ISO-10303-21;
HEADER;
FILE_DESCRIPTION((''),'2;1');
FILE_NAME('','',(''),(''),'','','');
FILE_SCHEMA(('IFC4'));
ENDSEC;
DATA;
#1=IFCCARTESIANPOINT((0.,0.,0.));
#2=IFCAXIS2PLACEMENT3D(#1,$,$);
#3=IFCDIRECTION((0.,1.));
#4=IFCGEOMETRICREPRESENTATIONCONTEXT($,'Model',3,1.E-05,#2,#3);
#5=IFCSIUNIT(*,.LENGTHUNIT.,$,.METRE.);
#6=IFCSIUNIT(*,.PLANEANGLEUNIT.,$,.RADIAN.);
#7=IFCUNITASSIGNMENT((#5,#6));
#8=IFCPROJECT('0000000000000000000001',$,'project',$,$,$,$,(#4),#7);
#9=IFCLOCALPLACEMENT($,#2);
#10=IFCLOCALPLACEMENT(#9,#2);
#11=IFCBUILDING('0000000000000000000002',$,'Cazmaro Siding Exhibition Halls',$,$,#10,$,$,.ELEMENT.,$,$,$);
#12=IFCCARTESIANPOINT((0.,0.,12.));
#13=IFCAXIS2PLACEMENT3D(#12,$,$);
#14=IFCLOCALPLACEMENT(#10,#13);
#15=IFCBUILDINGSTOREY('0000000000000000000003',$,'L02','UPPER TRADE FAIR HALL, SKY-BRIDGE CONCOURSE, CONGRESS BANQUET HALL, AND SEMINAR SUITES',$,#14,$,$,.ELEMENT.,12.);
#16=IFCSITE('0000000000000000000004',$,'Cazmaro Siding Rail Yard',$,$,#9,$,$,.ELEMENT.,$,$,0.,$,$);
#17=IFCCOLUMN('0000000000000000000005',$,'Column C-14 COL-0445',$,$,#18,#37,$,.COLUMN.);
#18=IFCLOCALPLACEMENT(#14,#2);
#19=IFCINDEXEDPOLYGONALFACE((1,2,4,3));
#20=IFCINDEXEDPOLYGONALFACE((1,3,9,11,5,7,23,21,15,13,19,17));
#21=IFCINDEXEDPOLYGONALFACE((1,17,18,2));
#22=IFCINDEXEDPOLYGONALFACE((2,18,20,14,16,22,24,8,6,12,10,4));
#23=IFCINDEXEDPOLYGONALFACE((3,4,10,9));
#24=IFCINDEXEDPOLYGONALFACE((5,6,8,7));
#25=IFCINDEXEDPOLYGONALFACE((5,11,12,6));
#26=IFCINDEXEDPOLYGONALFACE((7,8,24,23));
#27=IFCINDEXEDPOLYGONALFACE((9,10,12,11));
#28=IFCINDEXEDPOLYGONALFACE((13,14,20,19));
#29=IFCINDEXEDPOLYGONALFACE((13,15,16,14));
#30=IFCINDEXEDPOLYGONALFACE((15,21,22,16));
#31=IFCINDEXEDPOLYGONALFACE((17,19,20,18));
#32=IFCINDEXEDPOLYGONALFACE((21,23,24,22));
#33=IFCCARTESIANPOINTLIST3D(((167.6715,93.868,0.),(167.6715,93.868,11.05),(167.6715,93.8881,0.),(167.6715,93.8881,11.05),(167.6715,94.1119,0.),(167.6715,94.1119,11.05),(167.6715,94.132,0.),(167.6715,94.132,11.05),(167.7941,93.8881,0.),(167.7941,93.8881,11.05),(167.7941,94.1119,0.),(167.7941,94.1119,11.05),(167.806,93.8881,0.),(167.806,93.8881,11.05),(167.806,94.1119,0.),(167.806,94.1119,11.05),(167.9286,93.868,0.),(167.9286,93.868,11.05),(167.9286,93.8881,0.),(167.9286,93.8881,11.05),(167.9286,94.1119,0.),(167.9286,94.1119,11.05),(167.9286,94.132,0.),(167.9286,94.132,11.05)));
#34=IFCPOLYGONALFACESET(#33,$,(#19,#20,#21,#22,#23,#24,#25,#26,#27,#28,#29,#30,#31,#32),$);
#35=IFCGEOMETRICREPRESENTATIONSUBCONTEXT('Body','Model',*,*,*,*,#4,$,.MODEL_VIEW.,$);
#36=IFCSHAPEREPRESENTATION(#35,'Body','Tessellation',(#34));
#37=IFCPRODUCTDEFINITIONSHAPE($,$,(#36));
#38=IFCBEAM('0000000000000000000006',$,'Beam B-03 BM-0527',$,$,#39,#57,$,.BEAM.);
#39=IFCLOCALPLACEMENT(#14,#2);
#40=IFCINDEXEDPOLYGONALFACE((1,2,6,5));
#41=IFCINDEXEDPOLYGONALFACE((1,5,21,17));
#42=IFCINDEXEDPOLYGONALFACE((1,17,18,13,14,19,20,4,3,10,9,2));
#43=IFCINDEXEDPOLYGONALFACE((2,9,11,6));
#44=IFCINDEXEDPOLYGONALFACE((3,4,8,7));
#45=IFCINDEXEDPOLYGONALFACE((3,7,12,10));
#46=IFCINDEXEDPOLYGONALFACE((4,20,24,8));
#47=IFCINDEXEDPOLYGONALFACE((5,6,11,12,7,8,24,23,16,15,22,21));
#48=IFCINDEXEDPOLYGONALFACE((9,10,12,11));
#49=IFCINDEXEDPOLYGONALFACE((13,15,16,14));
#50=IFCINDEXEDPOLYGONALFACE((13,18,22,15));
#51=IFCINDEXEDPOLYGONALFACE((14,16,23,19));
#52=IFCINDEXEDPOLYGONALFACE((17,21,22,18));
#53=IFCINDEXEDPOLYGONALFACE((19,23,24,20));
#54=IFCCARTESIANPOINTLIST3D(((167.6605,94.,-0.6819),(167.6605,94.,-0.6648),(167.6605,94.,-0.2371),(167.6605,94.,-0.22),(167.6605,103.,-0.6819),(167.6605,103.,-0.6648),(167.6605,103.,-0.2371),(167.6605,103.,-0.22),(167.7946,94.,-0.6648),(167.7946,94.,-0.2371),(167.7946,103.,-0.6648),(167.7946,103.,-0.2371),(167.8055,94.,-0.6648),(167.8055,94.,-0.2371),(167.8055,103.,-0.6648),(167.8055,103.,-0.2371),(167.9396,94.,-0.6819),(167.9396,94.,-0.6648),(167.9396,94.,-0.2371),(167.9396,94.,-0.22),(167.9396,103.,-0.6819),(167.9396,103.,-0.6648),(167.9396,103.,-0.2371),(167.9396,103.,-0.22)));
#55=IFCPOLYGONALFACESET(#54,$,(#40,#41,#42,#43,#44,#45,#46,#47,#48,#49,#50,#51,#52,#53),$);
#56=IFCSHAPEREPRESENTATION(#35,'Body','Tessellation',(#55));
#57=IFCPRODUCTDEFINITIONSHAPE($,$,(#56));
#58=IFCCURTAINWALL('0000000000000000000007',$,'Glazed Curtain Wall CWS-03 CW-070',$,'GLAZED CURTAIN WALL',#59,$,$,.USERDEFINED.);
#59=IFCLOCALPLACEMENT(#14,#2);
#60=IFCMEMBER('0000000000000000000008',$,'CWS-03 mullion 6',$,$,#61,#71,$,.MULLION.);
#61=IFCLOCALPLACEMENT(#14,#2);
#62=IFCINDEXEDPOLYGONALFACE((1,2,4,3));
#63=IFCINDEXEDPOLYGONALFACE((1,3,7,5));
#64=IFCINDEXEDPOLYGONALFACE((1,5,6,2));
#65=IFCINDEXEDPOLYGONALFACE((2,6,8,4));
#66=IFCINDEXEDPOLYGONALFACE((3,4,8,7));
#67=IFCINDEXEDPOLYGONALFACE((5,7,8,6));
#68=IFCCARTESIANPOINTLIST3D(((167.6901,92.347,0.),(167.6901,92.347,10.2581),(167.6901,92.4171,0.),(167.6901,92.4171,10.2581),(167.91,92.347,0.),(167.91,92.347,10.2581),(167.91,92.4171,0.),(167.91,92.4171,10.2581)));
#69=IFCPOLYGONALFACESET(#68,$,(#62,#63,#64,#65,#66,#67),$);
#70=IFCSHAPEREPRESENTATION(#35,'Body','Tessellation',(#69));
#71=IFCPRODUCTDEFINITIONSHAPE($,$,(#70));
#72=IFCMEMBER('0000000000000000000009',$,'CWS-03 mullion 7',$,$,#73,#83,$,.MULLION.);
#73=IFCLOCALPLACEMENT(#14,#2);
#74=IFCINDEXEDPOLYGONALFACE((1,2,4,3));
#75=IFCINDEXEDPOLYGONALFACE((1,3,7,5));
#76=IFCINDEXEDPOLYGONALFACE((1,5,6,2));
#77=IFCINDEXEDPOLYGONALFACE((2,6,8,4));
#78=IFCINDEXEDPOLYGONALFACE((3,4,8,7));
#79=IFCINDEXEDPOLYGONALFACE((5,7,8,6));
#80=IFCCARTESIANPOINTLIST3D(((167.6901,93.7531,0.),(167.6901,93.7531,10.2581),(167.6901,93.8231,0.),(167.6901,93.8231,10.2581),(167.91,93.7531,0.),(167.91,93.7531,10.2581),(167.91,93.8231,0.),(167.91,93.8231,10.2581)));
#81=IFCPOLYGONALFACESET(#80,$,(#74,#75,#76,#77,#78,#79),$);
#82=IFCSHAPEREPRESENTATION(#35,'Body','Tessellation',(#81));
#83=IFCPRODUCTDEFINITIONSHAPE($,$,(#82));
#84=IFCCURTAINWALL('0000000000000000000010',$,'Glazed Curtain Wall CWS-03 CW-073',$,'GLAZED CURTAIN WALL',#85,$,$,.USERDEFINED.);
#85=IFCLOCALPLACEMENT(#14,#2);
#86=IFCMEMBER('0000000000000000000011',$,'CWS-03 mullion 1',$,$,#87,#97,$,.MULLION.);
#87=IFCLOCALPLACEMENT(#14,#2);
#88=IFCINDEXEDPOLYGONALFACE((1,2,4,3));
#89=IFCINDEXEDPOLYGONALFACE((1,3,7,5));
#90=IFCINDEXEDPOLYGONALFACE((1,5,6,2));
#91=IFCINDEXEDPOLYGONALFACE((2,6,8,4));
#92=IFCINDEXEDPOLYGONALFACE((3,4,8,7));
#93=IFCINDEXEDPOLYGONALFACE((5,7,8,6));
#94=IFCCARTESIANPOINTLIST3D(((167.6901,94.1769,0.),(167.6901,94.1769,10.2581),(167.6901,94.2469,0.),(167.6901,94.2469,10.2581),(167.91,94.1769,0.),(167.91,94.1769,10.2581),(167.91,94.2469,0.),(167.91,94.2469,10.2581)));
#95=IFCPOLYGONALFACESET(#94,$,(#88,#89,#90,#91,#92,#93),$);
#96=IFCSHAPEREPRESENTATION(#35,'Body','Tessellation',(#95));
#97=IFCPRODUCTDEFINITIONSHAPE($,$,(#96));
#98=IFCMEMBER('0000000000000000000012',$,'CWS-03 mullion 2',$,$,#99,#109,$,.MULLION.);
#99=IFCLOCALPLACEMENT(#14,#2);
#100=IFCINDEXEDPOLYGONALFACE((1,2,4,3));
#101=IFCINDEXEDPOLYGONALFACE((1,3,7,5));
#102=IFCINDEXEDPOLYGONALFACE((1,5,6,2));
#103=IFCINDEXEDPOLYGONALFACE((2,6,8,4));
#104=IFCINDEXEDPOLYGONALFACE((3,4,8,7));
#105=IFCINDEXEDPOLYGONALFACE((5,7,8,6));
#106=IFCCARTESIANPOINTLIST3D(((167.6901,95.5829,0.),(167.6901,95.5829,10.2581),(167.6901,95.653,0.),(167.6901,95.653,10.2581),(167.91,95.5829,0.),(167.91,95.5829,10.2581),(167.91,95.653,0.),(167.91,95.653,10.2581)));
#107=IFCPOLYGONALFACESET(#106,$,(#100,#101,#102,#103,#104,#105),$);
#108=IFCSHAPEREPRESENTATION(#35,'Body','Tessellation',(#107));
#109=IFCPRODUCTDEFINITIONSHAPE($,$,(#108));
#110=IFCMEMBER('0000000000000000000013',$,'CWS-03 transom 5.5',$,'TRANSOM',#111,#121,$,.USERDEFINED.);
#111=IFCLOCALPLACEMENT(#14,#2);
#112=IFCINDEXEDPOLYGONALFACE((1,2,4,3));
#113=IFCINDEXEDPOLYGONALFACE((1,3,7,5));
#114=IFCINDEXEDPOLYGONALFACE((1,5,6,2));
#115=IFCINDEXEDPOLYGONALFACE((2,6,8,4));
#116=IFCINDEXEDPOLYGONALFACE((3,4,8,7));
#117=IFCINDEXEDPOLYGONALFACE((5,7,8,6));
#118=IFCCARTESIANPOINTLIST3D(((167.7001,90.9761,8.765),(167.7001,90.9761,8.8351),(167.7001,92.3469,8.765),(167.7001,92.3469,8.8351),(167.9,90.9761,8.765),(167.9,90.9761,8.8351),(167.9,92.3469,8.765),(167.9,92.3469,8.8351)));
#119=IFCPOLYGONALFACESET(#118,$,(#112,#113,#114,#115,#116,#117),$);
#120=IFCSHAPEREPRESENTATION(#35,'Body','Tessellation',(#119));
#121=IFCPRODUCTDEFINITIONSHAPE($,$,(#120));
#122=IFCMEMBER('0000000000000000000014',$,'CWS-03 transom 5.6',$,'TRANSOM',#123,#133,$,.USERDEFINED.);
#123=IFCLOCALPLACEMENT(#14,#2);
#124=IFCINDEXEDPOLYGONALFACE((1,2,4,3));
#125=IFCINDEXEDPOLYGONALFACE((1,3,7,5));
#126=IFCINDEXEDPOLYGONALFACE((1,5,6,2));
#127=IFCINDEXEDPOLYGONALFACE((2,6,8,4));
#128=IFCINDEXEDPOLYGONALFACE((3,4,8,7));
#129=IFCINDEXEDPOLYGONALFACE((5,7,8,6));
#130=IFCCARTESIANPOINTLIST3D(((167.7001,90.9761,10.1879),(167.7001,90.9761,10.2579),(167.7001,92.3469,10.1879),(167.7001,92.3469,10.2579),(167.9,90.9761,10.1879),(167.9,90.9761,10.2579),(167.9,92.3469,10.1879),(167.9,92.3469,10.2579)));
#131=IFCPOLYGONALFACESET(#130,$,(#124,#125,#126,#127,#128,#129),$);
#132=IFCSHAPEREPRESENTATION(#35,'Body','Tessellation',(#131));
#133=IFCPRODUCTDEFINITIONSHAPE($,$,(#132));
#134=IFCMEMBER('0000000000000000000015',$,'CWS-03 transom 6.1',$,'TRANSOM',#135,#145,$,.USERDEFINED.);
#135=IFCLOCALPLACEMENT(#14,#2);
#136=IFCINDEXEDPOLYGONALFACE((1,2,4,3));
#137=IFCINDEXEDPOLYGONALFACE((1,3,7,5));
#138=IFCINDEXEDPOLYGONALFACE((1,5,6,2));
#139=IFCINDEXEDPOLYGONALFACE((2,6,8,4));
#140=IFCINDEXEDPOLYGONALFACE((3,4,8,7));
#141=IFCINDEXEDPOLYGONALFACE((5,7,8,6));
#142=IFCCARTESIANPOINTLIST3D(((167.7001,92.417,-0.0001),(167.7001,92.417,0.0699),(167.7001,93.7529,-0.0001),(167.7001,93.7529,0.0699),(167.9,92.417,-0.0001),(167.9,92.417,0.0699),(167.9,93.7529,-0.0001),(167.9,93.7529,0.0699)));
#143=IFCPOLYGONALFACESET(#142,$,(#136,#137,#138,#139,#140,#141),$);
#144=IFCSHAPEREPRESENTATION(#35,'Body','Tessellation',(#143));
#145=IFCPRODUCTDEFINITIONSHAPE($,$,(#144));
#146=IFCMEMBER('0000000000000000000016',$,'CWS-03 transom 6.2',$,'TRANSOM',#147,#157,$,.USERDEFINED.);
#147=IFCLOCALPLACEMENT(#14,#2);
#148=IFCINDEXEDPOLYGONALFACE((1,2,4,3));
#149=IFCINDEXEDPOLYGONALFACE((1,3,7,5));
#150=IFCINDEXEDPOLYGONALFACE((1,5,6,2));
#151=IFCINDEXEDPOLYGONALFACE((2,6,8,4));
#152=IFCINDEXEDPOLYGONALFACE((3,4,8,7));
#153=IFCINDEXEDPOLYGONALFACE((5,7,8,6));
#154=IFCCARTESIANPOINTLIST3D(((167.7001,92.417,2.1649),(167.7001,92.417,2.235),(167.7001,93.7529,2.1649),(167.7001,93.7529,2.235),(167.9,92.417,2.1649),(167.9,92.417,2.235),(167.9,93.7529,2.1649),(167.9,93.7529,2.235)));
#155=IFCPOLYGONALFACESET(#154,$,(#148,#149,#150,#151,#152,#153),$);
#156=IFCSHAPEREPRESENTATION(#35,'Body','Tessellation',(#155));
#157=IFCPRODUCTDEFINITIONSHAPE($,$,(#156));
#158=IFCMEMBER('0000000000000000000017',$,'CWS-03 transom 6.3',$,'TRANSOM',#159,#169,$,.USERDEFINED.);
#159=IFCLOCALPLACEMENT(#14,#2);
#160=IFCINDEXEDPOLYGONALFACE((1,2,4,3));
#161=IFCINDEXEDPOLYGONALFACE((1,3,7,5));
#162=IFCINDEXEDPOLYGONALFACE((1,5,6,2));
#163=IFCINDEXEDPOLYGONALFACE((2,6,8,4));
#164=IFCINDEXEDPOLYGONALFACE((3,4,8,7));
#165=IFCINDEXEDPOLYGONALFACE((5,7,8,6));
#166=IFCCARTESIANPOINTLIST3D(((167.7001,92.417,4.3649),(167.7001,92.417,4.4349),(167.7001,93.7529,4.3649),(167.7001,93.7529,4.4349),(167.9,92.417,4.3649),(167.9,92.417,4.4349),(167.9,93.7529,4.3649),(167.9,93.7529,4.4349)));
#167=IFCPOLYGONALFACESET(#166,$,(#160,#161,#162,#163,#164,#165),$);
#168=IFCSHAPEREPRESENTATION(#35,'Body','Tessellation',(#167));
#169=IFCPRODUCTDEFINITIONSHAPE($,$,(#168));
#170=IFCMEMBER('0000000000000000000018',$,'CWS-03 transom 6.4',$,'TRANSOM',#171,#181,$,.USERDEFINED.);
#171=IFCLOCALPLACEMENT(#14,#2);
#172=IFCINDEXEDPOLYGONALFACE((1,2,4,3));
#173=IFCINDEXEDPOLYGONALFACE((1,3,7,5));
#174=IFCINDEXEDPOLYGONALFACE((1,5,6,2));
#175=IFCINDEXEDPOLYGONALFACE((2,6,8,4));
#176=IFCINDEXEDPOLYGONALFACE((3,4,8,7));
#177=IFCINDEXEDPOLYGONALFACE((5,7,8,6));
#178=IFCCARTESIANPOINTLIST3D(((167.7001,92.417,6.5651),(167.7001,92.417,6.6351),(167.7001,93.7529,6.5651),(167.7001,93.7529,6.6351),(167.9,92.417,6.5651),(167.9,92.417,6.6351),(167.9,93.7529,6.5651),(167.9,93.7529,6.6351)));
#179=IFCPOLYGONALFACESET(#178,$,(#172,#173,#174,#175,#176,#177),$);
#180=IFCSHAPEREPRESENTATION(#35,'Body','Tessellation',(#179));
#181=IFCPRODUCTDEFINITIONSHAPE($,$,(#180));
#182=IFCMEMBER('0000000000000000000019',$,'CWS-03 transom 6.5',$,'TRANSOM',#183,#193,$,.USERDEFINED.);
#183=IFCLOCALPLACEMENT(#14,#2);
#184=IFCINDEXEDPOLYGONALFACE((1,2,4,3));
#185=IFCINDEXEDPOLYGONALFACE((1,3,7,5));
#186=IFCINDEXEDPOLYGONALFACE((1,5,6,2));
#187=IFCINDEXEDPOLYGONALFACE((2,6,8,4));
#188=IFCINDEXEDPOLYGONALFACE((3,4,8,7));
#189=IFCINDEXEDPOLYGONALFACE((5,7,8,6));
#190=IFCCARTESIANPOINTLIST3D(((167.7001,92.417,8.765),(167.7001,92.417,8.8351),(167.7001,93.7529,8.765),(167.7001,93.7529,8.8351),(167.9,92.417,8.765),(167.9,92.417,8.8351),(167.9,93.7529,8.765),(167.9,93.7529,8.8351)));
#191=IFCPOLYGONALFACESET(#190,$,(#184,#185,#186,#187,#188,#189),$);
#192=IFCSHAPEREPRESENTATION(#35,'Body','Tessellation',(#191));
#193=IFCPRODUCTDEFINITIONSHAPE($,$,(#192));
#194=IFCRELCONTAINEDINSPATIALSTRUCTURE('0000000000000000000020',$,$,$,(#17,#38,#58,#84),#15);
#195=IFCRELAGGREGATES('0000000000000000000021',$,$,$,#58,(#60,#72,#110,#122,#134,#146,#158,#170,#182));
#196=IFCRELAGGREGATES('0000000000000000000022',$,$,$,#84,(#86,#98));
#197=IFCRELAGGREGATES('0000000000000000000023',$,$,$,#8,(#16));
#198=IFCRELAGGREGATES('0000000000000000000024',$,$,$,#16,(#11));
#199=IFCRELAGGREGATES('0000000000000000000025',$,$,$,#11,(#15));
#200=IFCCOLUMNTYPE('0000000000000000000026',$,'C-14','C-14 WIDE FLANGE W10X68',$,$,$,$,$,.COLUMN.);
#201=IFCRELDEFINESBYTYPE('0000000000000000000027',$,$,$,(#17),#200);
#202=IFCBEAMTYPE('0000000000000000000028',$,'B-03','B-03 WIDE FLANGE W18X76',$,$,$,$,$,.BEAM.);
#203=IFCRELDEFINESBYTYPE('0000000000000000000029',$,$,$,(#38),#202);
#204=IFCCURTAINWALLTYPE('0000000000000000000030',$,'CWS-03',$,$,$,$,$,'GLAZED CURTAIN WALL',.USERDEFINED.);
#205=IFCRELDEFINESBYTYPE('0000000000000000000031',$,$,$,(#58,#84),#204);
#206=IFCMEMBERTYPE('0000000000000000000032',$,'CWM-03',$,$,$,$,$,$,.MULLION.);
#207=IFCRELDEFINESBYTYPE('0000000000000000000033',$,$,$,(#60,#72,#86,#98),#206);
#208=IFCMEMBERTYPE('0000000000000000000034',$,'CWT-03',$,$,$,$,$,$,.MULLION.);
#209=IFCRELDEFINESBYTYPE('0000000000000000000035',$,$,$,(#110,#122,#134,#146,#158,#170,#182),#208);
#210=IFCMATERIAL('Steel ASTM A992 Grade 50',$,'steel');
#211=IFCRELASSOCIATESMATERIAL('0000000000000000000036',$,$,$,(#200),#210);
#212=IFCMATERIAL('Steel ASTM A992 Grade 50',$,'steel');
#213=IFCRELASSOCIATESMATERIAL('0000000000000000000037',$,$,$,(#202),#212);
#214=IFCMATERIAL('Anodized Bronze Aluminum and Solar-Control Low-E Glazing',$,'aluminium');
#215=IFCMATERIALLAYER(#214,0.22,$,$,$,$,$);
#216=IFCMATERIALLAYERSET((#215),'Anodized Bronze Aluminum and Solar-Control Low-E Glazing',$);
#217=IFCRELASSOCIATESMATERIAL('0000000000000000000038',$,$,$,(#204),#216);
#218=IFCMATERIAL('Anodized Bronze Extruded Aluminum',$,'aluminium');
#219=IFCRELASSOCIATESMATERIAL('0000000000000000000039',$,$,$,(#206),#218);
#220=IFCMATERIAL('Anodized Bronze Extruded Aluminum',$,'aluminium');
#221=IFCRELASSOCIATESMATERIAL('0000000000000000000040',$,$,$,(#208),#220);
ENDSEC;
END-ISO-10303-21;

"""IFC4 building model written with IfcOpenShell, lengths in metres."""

from ifc_helpers import new_model, si_unit, direction, frame, origin, origin_2d, place, context, subcontext, project, spatial, rectangle, i_section, extrude, material, layer, layer_set, material_profile, profile_set, type_object, element, aggregate, save


model = new_model("IFC4")

# Units and contexts
model_context = context("Model", 3, precision=1e-05, world=origin(), true_north=direction((0.0, 1.0)))
body_context = subcontext(model_context, "Body", "Model", "MODEL_VIEW")
ifc_project = project(units=[si_unit("LENGTHUNIT", "METRE"), si_unit("PLANEANGLEUNIT", "RADIAN")], contexts=[model_context])

# Site, building, storey
site_placement = place(None, origin())
site = spatial("IfcSite", under=ifc_project, at=site_placement, Name="Cazmaro Siding Rail Yard", CompositionType="ELEMENT", RefElevation=0.0)
building_placement = place(site_placement, origin())
building = spatial("IfcBuilding", under=site, at=building_placement, Name="Cazmaro Siding Exhibition Halls", CompositionType="ELEMENT")
storey_placement = place(building_placement, frame((0.0, 0.0, 12.0)))
storey = spatial("IfcBuildingStorey", under=building, at=storey_placement, Name="L02", Description="UPPER TRADE FAIR HALL, SKY-BRIDGE CONCOURSE, CONGRESS BANQUET HALL, AND SEMINAR SUITES", CompositionType="ELEMENT", Elevation=12.0)

# Column
ifc_material_1 = material(Name="Steel ASTM A992 Grade 50", Category="steel")
ifc_material_profile_1 = material_profile(ifc_material_1, i_section(OverallWidth=0.2571, OverallDepth=0.2639, WebThickness=0.012, FlangeThickness=0.02, at=origin_2d()), Name="W10X68")
ifc_profile_set_1 = profile_set([ifc_material_profile_1], Name="Steel ASTM A992 Grade 50")
column_type = type_object("IfcColumnType", Name="C-14", Description="C-14 WIDE FLANGE W10X68", PredefinedType="COLUMN", material=ifc_profile_set_1)
column_placement = place(storey_placement, frame((167.8, 94.0, 0.0), z_axis=(0.0, 0.0, 1.0), x_axis=(1.0, 0.0, 0.0)))
element("IfcColumn", 1, at=column_placement, inside=storey, type_object=column_type, Name="Column C-14 COL-0445", PredefinedType="COLUMN", context=body_context, shape_type="SweptSolid", body=[
    extrude(i_section(OverallWidth=0.2571, OverallDepth=0.2639, WebThickness=0.012, FlangeThickness=0.02, at=origin_2d()), origin(), (0.0, 0.0, 1.0), 11.05),
])

# Beam
ifc_material_2 = material(Name="Steel ASTM A992 Grade 50", Category="steel")
ifc_material_profile_2 = material_profile(ifc_material_2, i_section(OverallWidth=0.2791, OverallDepth=0.4619, WebThickness=0.011, FlangeThickness=0.0171, at=origin_2d()), Name="W18X76")
ifc_profile_set_2 = profile_set([ifc_material_profile_2], Name="Steel ASTM A992 Grade 50")
beam_type = type_object("IfcBeamType", Name="B-03", Description="B-03 WIDE FLANGE W18X76", PredefinedType="BEAM", material=ifc_profile_set_2)
beam_placement = place(storey_placement, frame((167.8, 94.0, -0.4509), z_axis=(0.0, 1.0, 0.0), x_axis=(-1.0, 0.0, 0.0)))
element("IfcBeam", 2, at=beam_placement, inside=storey, type_object=beam_type, Name="Beam B-03 BM-0527", PredefinedType="BEAM", context=body_context, shape_type="SweptSolid", body=[
    extrude(i_section(OverallWidth=0.2791, OverallDepth=0.4619, WebThickness=0.011, FlangeThickness=0.0171, at=origin_2d()), origin(), (0.0, 0.0, 1.0), 9.0),
])

# Curtain walls, members
ifc_material_3 = material(Name="Anodized Bronze Aluminum and Solar-Control Low-E Glazing", Category="aluminium")
ifc_layer_1 = layer(ifc_material_3, 0.22)
ifc_layer_set_1 = layer_set([ifc_layer_1], Name="Anodized Bronze Aluminum and Solar-Control Low-E Glazing")
curtain_wall_type = type_object("IfcCurtainWallType", Name="CWS-03", ElementType="GLAZED CURTAIN WALL", PredefinedType="USERDEFINED", material=ifc_layer_set_1)
curtain_wall_1_placement = place(storey_placement, origin())
curtain_wall_1 = element("IfcCurtainWall", 3, at=curtain_wall_1_placement, inside=storey, type_object=curtain_wall_type, Name="Glazed Curtain Wall CWS-03 CW-070", ObjectType="GLAZED CURTAIN WALL", PredefinedType="USERDEFINED")
ifc_material_4 = material(Name="Anodized Bronze Extruded Aluminum", Category="aluminium")
ifc_material_profile_3 = material_profile(ifc_material_4, rectangle(XDim=0.22, YDim=0.0701, at=origin_2d()), Name="CWM-03")
ifc_profile_set_3 = profile_set([ifc_material_profile_3], Name="Anodized Bronze Extruded Aluminum")
member_type_1 = type_object("IfcMemberType", Name="CWM-03", PredefinedType="MULLION", material=ifc_profile_set_3)
member_1_placement = place(storey_placement, frame((167.8, 92.3821, 0.0), z_axis=(0.0, 0.0, 1.0), x_axis=(-1.0, 0.0, 0.0)))
member_1 = element("IfcMember", 4, at=member_1_placement, type_object=member_type_1, Name="CWS-03 mullion 6", PredefinedType="MULLION", context=body_context, shape_type="SweptSolid", body=[
    extrude(rectangle(XDim=0.22, YDim=0.0701, at=origin_2d()), origin(), (0.0, 0.0, 1.0), 10.2581),
])
member_2_placement = place(storey_placement, frame((167.8, 93.7881, 0.0), z_axis=(0.0, 0.0, 1.0), x_axis=(-1.0, 0.0, 0.0)))
member_2 = element("IfcMember", 5, at=member_2_placement, type_object=member_type_1, Name="CWS-03 mullion 7", PredefinedType="MULLION", context=body_context, shape_type="SweptSolid", body=[
    extrude(rectangle(XDim=0.22, YDim=0.0701, at=origin_2d()), origin(), (0.0, 0.0, 1.0), 10.2581),
])
curtain_wall_2_placement = place(storey_placement, origin())
curtain_wall_2 = element("IfcCurtainWall", 6, at=curtain_wall_2_placement, inside=storey, type_object=curtain_wall_type, Name="Glazed Curtain Wall CWS-03 CW-073", ObjectType="GLAZED CURTAIN WALL", PredefinedType="USERDEFINED")
member_3_placement = place(storey_placement, frame((167.8, 94.2119, 0.0), z_axis=(0.0, 0.0, 1.0), x_axis=(-1.0, 0.0, 0.0)))
member_3 = element("IfcMember", 7, at=member_3_placement, type_object=member_type_1, Name="CWS-03 mullion 1", PredefinedType="MULLION", context=body_context, shape_type="SweptSolid", body=[
    extrude(rectangle(XDim=0.22, YDim=0.0701, at=origin_2d()), origin(), (0.0, 0.0, 1.0), 10.2581),
])
member_4_placement = place(storey_placement, frame((167.8, 95.6179, 0.0), z_axis=(0.0, 0.0, 1.0), x_axis=(-1.0, 0.0, 0.0)))
member_4 = element("IfcMember", 8, at=member_4_placement, type_object=member_type_1, Name="CWS-03 mullion 2", PredefinedType="MULLION", context=body_context, shape_type="SweptSolid", body=[
    extrude(rectangle(XDim=0.22, YDim=0.0701, at=origin_2d()), origin(), (0.0, 0.0, 1.0), 10.2581),
])

# Members
ifc_material_5 = material(Name="Anodized Bronze Extruded Aluminum", Category="aluminium")
ifc_material_profile_4 = material_profile(ifc_material_5, rectangle(XDim=0.2, YDim=0.0701, at=origin_2d()), Name="CWT-03")
ifc_profile_set_4 = profile_set([ifc_material_profile_4], Name="Anodized Bronze Extruded Aluminum")
member_type_2 = type_object("IfcMemberType", Name="CWT-03", PredefinedType="MULLION", material=ifc_profile_set_4)
member_5_placement = place(storey_placement, frame((167.8, 90.9761, 8.8), z_axis=(0.0, 1.0, 0.0), x_axis=(-1.0, 0.0, 0.0)))
member_5 = element("IfcMember", 9, at=member_5_placement, type_object=member_type_2, Name="CWS-03 transom 5.5", ObjectType="TRANSOM", PredefinedType="USERDEFINED", context=body_context, shape_type="SweptSolid", body=[
    extrude(rectangle(XDim=0.2, YDim=0.0701, at=origin_2d()), origin(), (0.0, 0.0, 1.0), 1.3708),
])
member_6_placement = place(storey_placement, frame((167.8, 90.9761, 10.2229), z_axis=(0.0, 1.0, 0.0), x_axis=(-1.0, 0.0, 0.0)))
member_6 = element("IfcMember", 10, at=member_6_placement, type_object=member_type_2, Name="CWS-03 transom 5.6", ObjectType="TRANSOM", PredefinedType="USERDEFINED", context=body_context, shape_type="SweptSolid", body=[
    extrude(rectangle(XDim=0.2, YDim=0.0701, at=origin_2d()), origin(), (0.0, 0.0, 1.0), 1.3708),
])
member_7_placement = place(storey_placement, frame((167.8, 92.417, 0.0349), z_axis=(0.0, 1.0, 0.0), x_axis=(-1.0, 0.0, 0.0)))
member_7 = element("IfcMember", 11, at=member_7_placement, type_object=member_type_2, Name="CWS-03 transom 6.1", ObjectType="TRANSOM", PredefinedType="USERDEFINED", context=body_context, shape_type="SweptSolid", body=[
    extrude(rectangle(XDim=0.2, YDim=0.0701, at=origin_2d()), origin(), (0.0, 0.0, 1.0), 1.3359),
])
member_8_placement = place(storey_placement, frame((167.8, 92.417, 2.2), z_axis=(0.0, 1.0, 0.0), x_axis=(-1.0, 0.0, 0.0)))
member_8 = element("IfcMember", 12, at=member_8_placement, type_object=member_type_2, Name="CWS-03 transom 6.2", ObjectType="TRANSOM", PredefinedType="USERDEFINED", context=body_context, shape_type="SweptSolid", body=[
    extrude(rectangle(XDim=0.2, YDim=0.0701, at=origin_2d()), origin(), (0.0, 0.0, 1.0), 1.3359),
])
member_9_placement = place(storey_placement, frame((167.8, 92.417, 4.3999), z_axis=(0.0, 1.0, 0.0), x_axis=(-1.0, 0.0, 0.0)))
member_9 = element("IfcMember", 13, at=member_9_placement, type_object=member_type_2, Name="CWS-03 transom 6.3", ObjectType="TRANSOM", PredefinedType="USERDEFINED", context=body_context, shape_type="SweptSolid", body=[
    extrude(rectangle(XDim=0.2, YDim=0.0701, at=origin_2d()), origin(), (0.0, 0.0, 1.0), 1.3359),
])
member_10_placement = place(storey_placement, frame((167.8, 92.417, 6.6001), z_axis=(0.0, 1.0, 0.0), x_axis=(-1.0, 0.0, 0.0)))
member_10 = element("IfcMember", 14, at=member_10_placement, type_object=member_type_2, Name="CWS-03 transom 6.4", ObjectType="TRANSOM", PredefinedType="USERDEFINED", context=body_context, shape_type="SweptSolid", body=[
    extrude(rectangle(XDim=0.2, YDim=0.0701, at=origin_2d()), origin(), (0.0, 0.0, 1.0), 1.3359),
])
member_11_placement = place(storey_placement, frame((167.8, 92.417, 8.8), z_axis=(0.0, 1.0, 0.0), x_axis=(-1.0, 0.0, 0.0)))
member_11 = element("IfcMember", 15, at=member_11_placement, type_object=member_type_2, Name="CWS-03 transom 6.5", ObjectType="TRANSOM", PredefinedType="USERDEFINED", context=body_context, shape_type="SweptSolid", body=[
    extrude(rectangle(XDim=0.2, YDim=0.0701, at=origin_2d()), origin(), (0.0, 0.0, 1.0), 1.3359),
])

aggregate(curtain_wall_1, [member_1, member_2, member_5, member_6, member_7, member_8, member_9, member_10, member_11])
aggregate(curtain_wall_2, [member_3, member_4])

save(model, "model.ifc")
